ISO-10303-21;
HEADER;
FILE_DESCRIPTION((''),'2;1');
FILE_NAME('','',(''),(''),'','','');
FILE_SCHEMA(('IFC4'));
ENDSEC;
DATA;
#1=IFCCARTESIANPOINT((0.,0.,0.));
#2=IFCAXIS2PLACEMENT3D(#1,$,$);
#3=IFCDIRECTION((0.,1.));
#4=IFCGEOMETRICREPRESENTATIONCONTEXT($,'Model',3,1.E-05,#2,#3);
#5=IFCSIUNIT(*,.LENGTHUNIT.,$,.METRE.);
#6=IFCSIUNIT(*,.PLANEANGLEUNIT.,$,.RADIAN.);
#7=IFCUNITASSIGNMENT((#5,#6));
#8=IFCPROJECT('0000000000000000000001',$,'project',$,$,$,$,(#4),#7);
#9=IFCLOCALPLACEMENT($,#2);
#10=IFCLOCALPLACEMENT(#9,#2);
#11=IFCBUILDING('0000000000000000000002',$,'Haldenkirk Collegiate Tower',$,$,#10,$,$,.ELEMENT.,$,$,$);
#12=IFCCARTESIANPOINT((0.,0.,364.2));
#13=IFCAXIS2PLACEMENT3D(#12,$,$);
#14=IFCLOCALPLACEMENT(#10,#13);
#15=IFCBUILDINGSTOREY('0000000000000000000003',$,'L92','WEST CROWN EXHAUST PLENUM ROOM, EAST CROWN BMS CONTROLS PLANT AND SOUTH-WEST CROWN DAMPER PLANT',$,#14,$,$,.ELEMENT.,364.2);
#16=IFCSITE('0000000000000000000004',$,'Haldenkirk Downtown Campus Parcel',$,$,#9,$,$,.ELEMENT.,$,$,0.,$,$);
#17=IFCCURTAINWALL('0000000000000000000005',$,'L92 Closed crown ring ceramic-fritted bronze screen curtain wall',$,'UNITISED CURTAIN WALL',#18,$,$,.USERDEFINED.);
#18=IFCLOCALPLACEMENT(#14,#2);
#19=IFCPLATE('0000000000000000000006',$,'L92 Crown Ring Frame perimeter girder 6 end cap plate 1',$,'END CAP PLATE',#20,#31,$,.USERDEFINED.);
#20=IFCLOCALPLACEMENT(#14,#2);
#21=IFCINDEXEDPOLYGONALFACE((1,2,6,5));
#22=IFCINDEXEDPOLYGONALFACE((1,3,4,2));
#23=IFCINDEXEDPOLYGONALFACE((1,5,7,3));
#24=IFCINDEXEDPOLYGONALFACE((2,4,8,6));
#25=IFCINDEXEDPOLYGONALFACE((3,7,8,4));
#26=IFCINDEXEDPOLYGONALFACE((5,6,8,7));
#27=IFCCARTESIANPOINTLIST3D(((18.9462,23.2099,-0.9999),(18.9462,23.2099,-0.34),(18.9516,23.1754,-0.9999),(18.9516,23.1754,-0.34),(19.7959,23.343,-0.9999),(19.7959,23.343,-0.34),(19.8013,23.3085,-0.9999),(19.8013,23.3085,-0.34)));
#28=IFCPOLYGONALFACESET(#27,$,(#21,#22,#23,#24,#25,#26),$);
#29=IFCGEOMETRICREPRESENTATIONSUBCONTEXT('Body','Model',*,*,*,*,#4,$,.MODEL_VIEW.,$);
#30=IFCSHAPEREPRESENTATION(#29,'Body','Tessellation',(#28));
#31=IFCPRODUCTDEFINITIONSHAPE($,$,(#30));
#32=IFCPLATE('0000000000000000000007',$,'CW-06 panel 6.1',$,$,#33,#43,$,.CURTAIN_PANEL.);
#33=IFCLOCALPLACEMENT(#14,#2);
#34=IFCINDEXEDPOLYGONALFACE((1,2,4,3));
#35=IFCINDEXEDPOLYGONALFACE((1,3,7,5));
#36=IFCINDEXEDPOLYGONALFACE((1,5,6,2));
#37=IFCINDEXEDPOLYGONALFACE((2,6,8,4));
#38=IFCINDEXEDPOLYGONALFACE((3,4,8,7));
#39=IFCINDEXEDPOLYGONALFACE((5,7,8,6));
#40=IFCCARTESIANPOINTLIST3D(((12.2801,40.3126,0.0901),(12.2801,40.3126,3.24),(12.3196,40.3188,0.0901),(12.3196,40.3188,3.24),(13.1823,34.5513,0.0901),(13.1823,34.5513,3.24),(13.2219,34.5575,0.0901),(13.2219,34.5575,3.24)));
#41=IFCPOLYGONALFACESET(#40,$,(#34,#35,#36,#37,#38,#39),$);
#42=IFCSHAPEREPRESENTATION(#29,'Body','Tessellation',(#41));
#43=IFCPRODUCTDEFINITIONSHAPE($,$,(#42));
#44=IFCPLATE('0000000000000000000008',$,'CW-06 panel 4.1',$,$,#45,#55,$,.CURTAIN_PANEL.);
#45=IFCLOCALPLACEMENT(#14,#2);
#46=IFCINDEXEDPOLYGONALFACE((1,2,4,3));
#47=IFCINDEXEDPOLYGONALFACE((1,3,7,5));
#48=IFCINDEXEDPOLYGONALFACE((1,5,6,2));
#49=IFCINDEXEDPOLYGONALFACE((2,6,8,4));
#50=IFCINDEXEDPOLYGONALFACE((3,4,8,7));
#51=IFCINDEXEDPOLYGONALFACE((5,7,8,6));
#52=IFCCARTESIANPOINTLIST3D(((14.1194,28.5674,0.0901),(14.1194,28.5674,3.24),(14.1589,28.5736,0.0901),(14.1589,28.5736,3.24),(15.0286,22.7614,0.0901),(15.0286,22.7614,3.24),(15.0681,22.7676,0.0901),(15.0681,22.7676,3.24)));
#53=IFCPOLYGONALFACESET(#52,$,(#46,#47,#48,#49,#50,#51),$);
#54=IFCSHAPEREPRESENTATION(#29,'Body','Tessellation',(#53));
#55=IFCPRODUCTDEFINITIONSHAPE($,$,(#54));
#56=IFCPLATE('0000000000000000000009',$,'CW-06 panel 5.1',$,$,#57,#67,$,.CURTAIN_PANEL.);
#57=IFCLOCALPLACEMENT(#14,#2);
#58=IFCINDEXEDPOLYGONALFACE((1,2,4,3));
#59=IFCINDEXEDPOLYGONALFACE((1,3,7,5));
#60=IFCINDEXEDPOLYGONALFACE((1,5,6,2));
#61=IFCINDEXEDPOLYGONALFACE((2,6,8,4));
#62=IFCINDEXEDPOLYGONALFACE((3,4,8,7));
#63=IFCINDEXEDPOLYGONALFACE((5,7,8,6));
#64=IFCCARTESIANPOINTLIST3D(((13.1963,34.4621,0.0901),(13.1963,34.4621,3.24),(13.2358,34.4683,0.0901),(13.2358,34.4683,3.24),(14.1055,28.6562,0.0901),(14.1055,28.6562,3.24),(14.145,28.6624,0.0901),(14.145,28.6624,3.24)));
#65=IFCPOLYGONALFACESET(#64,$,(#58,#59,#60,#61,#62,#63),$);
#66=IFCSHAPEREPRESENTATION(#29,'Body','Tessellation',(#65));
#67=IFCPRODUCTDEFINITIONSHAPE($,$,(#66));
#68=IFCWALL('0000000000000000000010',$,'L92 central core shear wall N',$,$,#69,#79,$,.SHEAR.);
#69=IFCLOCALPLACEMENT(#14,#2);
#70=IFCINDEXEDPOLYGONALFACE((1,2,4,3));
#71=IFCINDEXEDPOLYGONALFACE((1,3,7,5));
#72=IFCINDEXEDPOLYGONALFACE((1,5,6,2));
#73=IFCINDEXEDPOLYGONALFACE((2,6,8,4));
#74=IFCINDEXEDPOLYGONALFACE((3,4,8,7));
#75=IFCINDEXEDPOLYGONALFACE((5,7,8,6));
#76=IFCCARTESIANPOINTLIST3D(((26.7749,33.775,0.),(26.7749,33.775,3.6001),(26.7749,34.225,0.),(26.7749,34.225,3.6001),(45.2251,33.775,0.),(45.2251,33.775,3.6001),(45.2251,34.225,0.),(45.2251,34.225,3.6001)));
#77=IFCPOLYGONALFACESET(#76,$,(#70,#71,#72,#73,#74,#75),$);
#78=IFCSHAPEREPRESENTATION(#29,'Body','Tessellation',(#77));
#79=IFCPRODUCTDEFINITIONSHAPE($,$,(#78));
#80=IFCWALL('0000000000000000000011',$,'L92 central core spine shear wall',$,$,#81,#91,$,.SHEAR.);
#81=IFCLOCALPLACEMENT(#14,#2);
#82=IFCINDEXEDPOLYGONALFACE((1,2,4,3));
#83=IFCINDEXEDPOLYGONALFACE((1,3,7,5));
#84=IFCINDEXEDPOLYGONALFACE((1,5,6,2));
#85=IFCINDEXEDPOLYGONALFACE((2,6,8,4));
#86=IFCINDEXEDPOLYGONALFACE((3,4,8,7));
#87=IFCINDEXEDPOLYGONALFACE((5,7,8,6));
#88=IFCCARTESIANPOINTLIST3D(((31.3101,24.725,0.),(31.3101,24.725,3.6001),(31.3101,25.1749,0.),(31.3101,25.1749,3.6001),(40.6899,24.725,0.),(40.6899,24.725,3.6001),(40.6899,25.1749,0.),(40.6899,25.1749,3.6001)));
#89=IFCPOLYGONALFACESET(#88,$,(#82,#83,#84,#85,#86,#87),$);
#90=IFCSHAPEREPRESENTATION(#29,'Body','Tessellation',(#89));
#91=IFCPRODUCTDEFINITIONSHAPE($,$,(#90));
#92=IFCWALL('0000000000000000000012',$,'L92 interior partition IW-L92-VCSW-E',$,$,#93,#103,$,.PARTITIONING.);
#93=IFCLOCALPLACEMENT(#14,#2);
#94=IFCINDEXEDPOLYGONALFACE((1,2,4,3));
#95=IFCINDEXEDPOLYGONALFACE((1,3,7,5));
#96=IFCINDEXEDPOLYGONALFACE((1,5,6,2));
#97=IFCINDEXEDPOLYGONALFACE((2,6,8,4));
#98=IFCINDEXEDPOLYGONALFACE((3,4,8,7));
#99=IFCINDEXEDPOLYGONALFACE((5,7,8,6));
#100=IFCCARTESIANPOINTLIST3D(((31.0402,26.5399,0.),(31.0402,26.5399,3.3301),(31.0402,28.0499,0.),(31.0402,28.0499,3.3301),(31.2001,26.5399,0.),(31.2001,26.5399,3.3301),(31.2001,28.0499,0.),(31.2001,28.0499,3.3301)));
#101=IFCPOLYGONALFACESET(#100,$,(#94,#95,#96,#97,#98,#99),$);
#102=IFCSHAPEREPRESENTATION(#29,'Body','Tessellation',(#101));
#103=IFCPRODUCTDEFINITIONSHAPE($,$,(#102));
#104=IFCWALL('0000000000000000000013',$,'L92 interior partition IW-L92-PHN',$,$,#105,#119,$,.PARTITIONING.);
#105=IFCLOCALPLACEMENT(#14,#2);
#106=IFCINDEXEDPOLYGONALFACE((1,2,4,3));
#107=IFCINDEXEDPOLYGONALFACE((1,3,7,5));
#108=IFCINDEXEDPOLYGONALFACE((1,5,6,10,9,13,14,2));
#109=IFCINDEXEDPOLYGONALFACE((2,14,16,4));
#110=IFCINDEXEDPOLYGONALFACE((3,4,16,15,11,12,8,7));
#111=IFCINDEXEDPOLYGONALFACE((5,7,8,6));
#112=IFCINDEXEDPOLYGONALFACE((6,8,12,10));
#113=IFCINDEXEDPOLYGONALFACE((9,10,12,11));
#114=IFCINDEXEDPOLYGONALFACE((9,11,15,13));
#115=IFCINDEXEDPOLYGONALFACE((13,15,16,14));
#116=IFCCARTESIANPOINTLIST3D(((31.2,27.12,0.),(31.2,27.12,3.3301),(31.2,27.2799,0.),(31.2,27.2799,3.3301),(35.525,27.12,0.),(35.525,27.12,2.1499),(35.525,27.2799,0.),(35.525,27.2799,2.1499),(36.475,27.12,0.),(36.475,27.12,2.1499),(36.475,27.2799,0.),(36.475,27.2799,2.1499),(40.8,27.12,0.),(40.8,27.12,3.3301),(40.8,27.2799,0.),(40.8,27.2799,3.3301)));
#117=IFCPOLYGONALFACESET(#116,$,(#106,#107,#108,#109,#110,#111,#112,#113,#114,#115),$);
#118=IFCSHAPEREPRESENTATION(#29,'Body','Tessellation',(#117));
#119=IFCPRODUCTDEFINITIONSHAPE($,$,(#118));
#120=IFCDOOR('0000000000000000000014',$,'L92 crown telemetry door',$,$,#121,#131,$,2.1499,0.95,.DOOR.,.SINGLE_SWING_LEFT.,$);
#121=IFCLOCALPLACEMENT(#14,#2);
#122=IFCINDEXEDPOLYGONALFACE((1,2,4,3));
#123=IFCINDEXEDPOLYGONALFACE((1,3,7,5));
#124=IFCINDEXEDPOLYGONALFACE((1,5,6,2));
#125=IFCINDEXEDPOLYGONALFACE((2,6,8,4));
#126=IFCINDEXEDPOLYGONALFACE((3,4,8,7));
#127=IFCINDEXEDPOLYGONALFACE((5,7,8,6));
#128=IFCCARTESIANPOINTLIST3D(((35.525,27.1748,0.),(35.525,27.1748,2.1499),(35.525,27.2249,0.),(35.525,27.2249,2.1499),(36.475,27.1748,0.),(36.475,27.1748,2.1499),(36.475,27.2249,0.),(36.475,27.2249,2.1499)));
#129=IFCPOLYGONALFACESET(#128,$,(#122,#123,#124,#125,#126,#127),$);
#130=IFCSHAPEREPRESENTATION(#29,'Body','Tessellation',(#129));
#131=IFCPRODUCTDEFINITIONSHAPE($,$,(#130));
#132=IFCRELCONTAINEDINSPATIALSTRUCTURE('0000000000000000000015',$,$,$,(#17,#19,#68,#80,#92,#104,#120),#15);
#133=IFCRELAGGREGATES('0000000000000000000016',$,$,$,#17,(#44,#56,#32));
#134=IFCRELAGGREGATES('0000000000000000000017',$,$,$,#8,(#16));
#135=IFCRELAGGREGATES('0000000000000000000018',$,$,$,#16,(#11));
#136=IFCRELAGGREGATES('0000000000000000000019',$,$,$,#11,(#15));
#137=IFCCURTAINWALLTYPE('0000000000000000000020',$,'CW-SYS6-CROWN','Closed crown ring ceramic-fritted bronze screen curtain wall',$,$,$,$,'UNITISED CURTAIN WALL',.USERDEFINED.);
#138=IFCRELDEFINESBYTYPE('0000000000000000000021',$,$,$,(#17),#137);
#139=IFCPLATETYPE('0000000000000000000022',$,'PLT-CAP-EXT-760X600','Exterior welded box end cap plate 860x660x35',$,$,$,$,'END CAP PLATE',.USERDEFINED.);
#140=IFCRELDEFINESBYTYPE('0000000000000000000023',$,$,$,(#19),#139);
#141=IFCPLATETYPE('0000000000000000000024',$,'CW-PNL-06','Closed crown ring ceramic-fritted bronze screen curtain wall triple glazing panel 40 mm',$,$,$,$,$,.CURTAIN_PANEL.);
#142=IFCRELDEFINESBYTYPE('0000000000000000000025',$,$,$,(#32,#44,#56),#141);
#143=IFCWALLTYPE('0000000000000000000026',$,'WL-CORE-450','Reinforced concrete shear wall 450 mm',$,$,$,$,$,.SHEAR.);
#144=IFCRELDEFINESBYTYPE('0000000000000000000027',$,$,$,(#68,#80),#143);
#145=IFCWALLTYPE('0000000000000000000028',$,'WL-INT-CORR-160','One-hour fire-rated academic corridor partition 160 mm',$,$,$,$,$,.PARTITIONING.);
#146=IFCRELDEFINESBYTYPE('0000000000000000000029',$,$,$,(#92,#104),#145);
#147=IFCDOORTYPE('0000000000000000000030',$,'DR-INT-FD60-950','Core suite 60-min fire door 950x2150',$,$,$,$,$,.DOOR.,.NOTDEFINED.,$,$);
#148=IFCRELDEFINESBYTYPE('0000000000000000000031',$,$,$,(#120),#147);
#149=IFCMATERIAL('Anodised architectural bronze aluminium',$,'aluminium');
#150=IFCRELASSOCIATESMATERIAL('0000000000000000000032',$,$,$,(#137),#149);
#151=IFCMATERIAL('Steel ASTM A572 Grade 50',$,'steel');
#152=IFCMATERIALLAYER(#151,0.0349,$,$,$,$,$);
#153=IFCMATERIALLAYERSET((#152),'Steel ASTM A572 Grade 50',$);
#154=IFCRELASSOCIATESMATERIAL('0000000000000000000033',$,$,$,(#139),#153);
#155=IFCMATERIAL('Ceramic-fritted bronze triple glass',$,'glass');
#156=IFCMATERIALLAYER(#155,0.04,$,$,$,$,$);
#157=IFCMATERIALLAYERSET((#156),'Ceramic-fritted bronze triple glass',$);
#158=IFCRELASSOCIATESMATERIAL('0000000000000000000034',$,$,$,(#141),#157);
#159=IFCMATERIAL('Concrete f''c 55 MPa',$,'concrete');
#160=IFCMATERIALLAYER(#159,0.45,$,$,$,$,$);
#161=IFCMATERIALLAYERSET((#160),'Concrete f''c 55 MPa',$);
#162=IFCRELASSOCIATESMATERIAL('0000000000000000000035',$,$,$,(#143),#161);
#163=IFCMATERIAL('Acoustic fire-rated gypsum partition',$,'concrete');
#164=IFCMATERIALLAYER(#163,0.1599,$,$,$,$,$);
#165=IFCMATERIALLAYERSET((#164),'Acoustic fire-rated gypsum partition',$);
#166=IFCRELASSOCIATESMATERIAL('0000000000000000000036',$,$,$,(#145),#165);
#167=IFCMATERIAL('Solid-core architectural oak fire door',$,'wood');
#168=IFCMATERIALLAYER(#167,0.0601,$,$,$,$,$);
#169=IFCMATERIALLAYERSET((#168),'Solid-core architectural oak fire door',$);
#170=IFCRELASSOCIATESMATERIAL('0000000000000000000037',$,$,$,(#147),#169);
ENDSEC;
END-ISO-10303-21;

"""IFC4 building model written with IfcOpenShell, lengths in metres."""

from ifc_helpers import new_model, si_unit, direction, frame, frame_2d, origin, origin_2d, place, context, subcontext, project, spatial, rectangle, extrude, source, transform, mapped, material, layer, layer_set, type_object, element, fill, aggregate, save


model = new_model("IFC4")

# Units and contexts
model_context = context("Model", 3, precision=1e-05, world=origin(), true_north=direction((0.0, 1.0)))
body_context = subcontext(model_context, "Body", "Model", "MODEL_VIEW")
ifc_project = project(units=[si_unit("LENGTHUNIT", "METRE"), si_unit("PLANEANGLEUNIT", "RADIAN")], contexts=[model_context])

# Site, building, storey
site_placement = place(None, origin())
site = spatial("IfcSite", under=ifc_project, at=site_placement, Name="Haldenkirk Downtown Campus Parcel", CompositionType="ELEMENT", RefElevation=0.0)
building_placement = place(site_placement, origin())
building = spatial("IfcBuilding", under=site, at=building_placement, Name="Haldenkirk Collegiate Tower", CompositionType="ELEMENT")
storey_placement = place(building_placement, frame((0.0, 0.0, 364.2)))
storey = spatial("IfcBuildingStorey", under=building, at=storey_placement, Name="L92", Description="WEST CROWN EXHAUST PLENUM ROOM, EAST CROWN BMS CONTROLS PLANT AND SOUTH-WEST CROWN DAMPER PLANT", CompositionType="ELEMENT", Elevation=364.2)

# Shared definitions
ifc_material_1 = material(Name="Steel ASTM A572 Grade 50", Category="steel")

# Curtain wall
ifc_material_2 = material(Name="Anodised architectural bronze aluminium", Category="aluminium")
curtain_wall_type = type_object("IfcCurtainWallType", Name="CW-SYS6-CROWN", Description="Closed crown ring ceramic-fritted bronze screen curtain wall", ElementType="UNITISED CURTAIN WALL", PredefinedType="USERDEFINED", material=ifc_material_2)
curtain_wall_placement = place(storey_placement, origin())
curtain_wall = element("IfcCurtainWall", 1, at=curtain_wall_placement, inside=storey, type_object=curtain_wall_type, Name="L92 Closed crown ring ceramic-fritted bronze screen curtain wall", ObjectType="UNITISED CURTAIN WALL", PredefinedType="USERDEFINED")

# Plate
ifc_layer_1 = layer(ifc_material_1, 0.0349)
ifc_layer_set_1 = layer_set([ifc_layer_1], Name="Steel ASTM A572 Grade 50")
plate_type_1 = type_object("IfcPlateType", Name="PLT-CAP-EXT-760X600", Description="Exterior welded box end cap plate 860x660x35", ElementType="END CAP PLATE", PredefinedType="USERDEFINED", material=ifc_layer_set_1)
shared_shape_1 = source(origin(), body_context, "Body", "SweptSolid", [
    extrude(rectangle(XDim=0.8601, YDim=0.6599, at=origin_2d()), origin(), (0.0, 0.0, 1.0), 0.0349),
])
for number, where, z_axis, x_axis, name in (
    (2, (19.3765, 23.2419, -0.6699), (-0.154711, 0.98796, 0.0), (-0.98796, -0.154711, 0.0), "L92 Crown Ring Frame perimeter girder 6 end cap plate 1"),
):
    element("IfcPlate", number, at=place(storey_placement, frame(where, z_axis=z_axis, x_axis=x_axis)), inside=storey, type_object=plate_type_1, Name=name, ObjectType="END CAP PLATE", PredefinedType="USERDEFINED", context=body_context, shape_type="MappedRepresentation", body=[
        mapped(shared_shape_1, transform((0.0, 0.0, 0.0), x_axis=(1.0, 0.0, 0.0), y_axis=(0.0, 1.0, 0.0), z_axis=(0.0, 0.0, 1.0), scale=1.0)),
    ])

# Plates
ifc_material_3 = material(Name="Ceramic-fritted bronze triple glass", Category="glass")
ifc_layer_2 = layer(ifc_material_3, 0.04)
ifc_layer_set_2 = layer_set([ifc_layer_2], Name="Ceramic-fritted bronze triple glass")
plate_type_2 = type_object("IfcPlateType", Name="CW-PNL-06", Description="Closed crown ring ceramic-fritted bronze screen curtain wall triple glazing panel 40 mm", PredefinedType="CURTAIN_PANEL", material=ifc_layer_set_2)
shared_shape_2 = source(origin(), body_context, "Body", "SweptSolid", [
    extrude(rectangle(XDim=5.8315, YDim=0.04, at=origin_2d()), origin(), (0.0, 0.0, 1.0), 3.1499),
])
plate_1_placement = place(storey_placement, frame((12.751, 37.4351, 0.0901), z_axis=(0.0, 0.0, 1.0), x_axis=(-0.154713, 0.98796, 0.0)))
plate_1 = element("IfcPlate", 3, at=plate_1_placement, type_object=plate_type_2, Name="CW-06 panel 6.1", PredefinedType="CURTAIN_PANEL", context=body_context, shape_type="MappedRepresentation", body=[
    mapped(shared_shape_2, transform((0.0, 0.0, 0.0), x_axis=(1.0, 0.0, 0.0), y_axis=(0.0, 1.0, 0.0), z_axis=(0.0, 0.0, 1.0), scale=1.0)),
])
shared_shape_3 = source(origin(), body_context, "Body", "SweptSolid", [
    extrude(rectangle(XDim=5.8767, YDim=0.04, at=origin_2d()), origin(), (0.0, 0.0, 1.0), 3.1499),
])
plate_2_placement = place(storey_placement, frame((14.5938, 25.6675, 0.0901), z_axis=(0.0, 0.0, 1.0), x_axis=(-0.154713, 0.98796, 0.0)))
plate_2 = element("IfcPlate", 4, at=plate_2_placement, type_object=plate_type_2, Name="CW-06 panel 4.1", PredefinedType="CURTAIN_PANEL", context=body_context, shape_type="MappedRepresentation", body=[
    mapped(shared_shape_3, transform((0.0, 0.0, 0.0), x_axis=(1.0, 0.0, 0.0), y_axis=(0.0, 1.0, 0.0), z_axis=(0.0, 0.0, 1.0), scale=1.0)),
])
plate_3_placement = place(storey_placement, frame((13.6707, 31.5623, 0.0901), z_axis=(0.0, 0.0, 1.0), x_axis=(-0.154713, 0.98796, 0.0)))
plate_3 = element("IfcPlate", 5, at=plate_3_placement, type_object=plate_type_2, Name="CW-06 panel 5.1", PredefinedType="CURTAIN_PANEL", context=body_context, shape_type="MappedRepresentation", body=[
    mapped(shared_shape_3, transform((0.0, 0.0, 0.0), x_axis=(1.0, 0.0, 0.0), y_axis=(0.0, 1.0, 0.0), z_axis=(0.0, 0.0, 1.0), scale=1.0)),
])
aggregate(curtain_wall, [plate_2, plate_3, plate_1])

# Walls
ifc_material_4 = material(Name="Concrete f'c 55 MPa", Category="concrete")
ifc_layer_3 = layer(ifc_material_4, 0.45)
ifc_layer_set_3 = layer_set([ifc_layer_3], Name="Concrete f'c 55 MPa")
wall_type_1 = type_object("IfcWallType", Name="WL-CORE-450", Description="Reinforced concrete shear wall 450 mm", PredefinedType="SHEAR", material=ifc_layer_set_3)
wall_1_placement = place(storey_placement, frame((26.7749, 34.0, 0.0), z_axis=(0.0, 0.0, 1.0), x_axis=(1.0, 0.0, 0.0)))
element("IfcWall", 6, at=wall_1_placement, inside=storey, type_object=wall_type_1, Name="L92 central core shear wall N", PredefinedType="SHEAR", context=body_context, shape_type="SweptSolid", body=[
    extrude(rectangle(XDim=18.4502, YDim=0.45, at=frame_2d((9.2251, 0.0))), origin(), (0.0, 0.0, 1.0), 3.6001),
])
wall_2_placement = place(storey_placement, frame((31.3101, 24.95, 0.0), z_axis=(0.0, 0.0, 1.0), x_axis=(1.0, 0.0, 0.0)))
element("IfcWall", 7, at=wall_2_placement, inside=storey, type_object=wall_type_1, Name="L92 central core spine shear wall", PredefinedType="SHEAR", context=body_context, shape_type="SweptSolid", body=[
    extrude(rectangle(XDim=9.3799, YDim=0.45, at=frame_2d((4.6899, 0.0))), origin(), (0.0, 0.0, 1.0), 3.6001),
])

# Shared definitions
ifc_material_5 = material(Name="Acoustic fire-rated gypsum partition", Category="concrete")
ifc_layer_4 = layer(ifc_material_5, 0.1599)
ifc_layer_set_4 = layer_set([ifc_layer_4], Name="Acoustic fire-rated gypsum partition")
wall_type_2 = type_object("IfcWallType", Name="WL-INT-CORR-160", Description="One-hour fire-rated academic corridor partition 160 mm", PredefinedType="PARTITIONING", material=ifc_layer_set_4)
ifc_material_6 = material(Name="Solid-core architectural oak fire door", Category="wood")
ifc_layer_5 = layer(ifc_material_6, 0.0601)
ifc_layer_set_5 = layer_set([ifc_layer_5], Name="Solid-core architectural oak fire door")
door_type_1 = type_object("IfcDoorType", Name="DR-INT-FD60-950", Description="Core suite 60-min fire door 950x2150", OperationType="NOTDEFINED", PredefinedType="DOOR", material=ifc_layer_set_5)

# Wall
wall_3_placement = place(storey_placement, frame((31.1201, 26.54, 0.0), z_axis=(0.0, 0.0, 1.0), x_axis=(0.0, 1.0, 0.0)))
element("IfcWall", 8, at=wall_3_placement, inside=storey, type_object=wall_type_2, Name="L92 interior partition IW-L92-VCSW-E", PredefinedType="PARTITIONING", context=body_context, shape_type="SweptSolid", body=[
    extrude(rectangle(XDim=1.51, YDim=0.1599, at=frame_2d((0.7549, 0.0))), origin(), (0.0, 0.0, 1.0), 3.3301),
])

# Wall, opening, door
wall_4_placement = place(storey_placement, frame((31.2, 27.2, 0.0), z_axis=(0.0, 0.0, 1.0), x_axis=(1.0, 0.0, 0.0)))
wall_4 = element("IfcWall", 9, at=wall_4_placement, inside=storey, type_object=wall_type_2, Name="L92 interior partition IW-L92-PHN", PredefinedType="PARTITIONING", context=body_context, shape_type="SweptSolid", body=[
    extrude(rectangle(XDim=9.6001, YDim=0.1599, at=frame_2d((4.8, 0.0))), origin(), (0.0, 0.0, 1.0), 3.3301),
])
opening_1_placement = place(wall_4_placement, frame((4.325, 0.0, 0.0)))
opening_1 = element("IfcOpeningElement", 10, at=opening_1_placement, cuts=wall_4, PredefinedType="OPENING", context=body_context, shape_type="SweptSolid", body=[
    extrude(rectangle(XDim=0.95, YDim=2.1499, at=frame_2d((0.4751, 1.075))), frame((0.0, 0.0898, 0.0), z_axis=(0.0, -1.0, 0.0), x_axis=(1.0, 0.0, 0.0)), (0.0, 0.0, 1.0), 0.1799),
])
door_1_placement = place(opening_1_placement, origin())
door_1 = element("IfcDoor", 11, at=door_1_placement, inside=storey, type_object=door_type_1, Name="L92 crown telemetry door", OperationType="SINGLE_SWING_LEFT", OverallHeight=2.1499, OverallWidth=0.95, PredefinedType="DOOR", context=body_context, shape_type="SweptSolid", body=[
    extrude(rectangle(XDim=0.95, YDim=2.1499, at=frame_2d((0.4751, 1.075))), frame((0.0, 0.0249, 0.0), z_axis=(0.0, -1.0, 0.0), x_axis=(1.0, 0.0, 0.0)), (0.0, 0.0, 1.0), 0.05),
])
fill(opening_1, door_1)

save(model, "model.ifc")
